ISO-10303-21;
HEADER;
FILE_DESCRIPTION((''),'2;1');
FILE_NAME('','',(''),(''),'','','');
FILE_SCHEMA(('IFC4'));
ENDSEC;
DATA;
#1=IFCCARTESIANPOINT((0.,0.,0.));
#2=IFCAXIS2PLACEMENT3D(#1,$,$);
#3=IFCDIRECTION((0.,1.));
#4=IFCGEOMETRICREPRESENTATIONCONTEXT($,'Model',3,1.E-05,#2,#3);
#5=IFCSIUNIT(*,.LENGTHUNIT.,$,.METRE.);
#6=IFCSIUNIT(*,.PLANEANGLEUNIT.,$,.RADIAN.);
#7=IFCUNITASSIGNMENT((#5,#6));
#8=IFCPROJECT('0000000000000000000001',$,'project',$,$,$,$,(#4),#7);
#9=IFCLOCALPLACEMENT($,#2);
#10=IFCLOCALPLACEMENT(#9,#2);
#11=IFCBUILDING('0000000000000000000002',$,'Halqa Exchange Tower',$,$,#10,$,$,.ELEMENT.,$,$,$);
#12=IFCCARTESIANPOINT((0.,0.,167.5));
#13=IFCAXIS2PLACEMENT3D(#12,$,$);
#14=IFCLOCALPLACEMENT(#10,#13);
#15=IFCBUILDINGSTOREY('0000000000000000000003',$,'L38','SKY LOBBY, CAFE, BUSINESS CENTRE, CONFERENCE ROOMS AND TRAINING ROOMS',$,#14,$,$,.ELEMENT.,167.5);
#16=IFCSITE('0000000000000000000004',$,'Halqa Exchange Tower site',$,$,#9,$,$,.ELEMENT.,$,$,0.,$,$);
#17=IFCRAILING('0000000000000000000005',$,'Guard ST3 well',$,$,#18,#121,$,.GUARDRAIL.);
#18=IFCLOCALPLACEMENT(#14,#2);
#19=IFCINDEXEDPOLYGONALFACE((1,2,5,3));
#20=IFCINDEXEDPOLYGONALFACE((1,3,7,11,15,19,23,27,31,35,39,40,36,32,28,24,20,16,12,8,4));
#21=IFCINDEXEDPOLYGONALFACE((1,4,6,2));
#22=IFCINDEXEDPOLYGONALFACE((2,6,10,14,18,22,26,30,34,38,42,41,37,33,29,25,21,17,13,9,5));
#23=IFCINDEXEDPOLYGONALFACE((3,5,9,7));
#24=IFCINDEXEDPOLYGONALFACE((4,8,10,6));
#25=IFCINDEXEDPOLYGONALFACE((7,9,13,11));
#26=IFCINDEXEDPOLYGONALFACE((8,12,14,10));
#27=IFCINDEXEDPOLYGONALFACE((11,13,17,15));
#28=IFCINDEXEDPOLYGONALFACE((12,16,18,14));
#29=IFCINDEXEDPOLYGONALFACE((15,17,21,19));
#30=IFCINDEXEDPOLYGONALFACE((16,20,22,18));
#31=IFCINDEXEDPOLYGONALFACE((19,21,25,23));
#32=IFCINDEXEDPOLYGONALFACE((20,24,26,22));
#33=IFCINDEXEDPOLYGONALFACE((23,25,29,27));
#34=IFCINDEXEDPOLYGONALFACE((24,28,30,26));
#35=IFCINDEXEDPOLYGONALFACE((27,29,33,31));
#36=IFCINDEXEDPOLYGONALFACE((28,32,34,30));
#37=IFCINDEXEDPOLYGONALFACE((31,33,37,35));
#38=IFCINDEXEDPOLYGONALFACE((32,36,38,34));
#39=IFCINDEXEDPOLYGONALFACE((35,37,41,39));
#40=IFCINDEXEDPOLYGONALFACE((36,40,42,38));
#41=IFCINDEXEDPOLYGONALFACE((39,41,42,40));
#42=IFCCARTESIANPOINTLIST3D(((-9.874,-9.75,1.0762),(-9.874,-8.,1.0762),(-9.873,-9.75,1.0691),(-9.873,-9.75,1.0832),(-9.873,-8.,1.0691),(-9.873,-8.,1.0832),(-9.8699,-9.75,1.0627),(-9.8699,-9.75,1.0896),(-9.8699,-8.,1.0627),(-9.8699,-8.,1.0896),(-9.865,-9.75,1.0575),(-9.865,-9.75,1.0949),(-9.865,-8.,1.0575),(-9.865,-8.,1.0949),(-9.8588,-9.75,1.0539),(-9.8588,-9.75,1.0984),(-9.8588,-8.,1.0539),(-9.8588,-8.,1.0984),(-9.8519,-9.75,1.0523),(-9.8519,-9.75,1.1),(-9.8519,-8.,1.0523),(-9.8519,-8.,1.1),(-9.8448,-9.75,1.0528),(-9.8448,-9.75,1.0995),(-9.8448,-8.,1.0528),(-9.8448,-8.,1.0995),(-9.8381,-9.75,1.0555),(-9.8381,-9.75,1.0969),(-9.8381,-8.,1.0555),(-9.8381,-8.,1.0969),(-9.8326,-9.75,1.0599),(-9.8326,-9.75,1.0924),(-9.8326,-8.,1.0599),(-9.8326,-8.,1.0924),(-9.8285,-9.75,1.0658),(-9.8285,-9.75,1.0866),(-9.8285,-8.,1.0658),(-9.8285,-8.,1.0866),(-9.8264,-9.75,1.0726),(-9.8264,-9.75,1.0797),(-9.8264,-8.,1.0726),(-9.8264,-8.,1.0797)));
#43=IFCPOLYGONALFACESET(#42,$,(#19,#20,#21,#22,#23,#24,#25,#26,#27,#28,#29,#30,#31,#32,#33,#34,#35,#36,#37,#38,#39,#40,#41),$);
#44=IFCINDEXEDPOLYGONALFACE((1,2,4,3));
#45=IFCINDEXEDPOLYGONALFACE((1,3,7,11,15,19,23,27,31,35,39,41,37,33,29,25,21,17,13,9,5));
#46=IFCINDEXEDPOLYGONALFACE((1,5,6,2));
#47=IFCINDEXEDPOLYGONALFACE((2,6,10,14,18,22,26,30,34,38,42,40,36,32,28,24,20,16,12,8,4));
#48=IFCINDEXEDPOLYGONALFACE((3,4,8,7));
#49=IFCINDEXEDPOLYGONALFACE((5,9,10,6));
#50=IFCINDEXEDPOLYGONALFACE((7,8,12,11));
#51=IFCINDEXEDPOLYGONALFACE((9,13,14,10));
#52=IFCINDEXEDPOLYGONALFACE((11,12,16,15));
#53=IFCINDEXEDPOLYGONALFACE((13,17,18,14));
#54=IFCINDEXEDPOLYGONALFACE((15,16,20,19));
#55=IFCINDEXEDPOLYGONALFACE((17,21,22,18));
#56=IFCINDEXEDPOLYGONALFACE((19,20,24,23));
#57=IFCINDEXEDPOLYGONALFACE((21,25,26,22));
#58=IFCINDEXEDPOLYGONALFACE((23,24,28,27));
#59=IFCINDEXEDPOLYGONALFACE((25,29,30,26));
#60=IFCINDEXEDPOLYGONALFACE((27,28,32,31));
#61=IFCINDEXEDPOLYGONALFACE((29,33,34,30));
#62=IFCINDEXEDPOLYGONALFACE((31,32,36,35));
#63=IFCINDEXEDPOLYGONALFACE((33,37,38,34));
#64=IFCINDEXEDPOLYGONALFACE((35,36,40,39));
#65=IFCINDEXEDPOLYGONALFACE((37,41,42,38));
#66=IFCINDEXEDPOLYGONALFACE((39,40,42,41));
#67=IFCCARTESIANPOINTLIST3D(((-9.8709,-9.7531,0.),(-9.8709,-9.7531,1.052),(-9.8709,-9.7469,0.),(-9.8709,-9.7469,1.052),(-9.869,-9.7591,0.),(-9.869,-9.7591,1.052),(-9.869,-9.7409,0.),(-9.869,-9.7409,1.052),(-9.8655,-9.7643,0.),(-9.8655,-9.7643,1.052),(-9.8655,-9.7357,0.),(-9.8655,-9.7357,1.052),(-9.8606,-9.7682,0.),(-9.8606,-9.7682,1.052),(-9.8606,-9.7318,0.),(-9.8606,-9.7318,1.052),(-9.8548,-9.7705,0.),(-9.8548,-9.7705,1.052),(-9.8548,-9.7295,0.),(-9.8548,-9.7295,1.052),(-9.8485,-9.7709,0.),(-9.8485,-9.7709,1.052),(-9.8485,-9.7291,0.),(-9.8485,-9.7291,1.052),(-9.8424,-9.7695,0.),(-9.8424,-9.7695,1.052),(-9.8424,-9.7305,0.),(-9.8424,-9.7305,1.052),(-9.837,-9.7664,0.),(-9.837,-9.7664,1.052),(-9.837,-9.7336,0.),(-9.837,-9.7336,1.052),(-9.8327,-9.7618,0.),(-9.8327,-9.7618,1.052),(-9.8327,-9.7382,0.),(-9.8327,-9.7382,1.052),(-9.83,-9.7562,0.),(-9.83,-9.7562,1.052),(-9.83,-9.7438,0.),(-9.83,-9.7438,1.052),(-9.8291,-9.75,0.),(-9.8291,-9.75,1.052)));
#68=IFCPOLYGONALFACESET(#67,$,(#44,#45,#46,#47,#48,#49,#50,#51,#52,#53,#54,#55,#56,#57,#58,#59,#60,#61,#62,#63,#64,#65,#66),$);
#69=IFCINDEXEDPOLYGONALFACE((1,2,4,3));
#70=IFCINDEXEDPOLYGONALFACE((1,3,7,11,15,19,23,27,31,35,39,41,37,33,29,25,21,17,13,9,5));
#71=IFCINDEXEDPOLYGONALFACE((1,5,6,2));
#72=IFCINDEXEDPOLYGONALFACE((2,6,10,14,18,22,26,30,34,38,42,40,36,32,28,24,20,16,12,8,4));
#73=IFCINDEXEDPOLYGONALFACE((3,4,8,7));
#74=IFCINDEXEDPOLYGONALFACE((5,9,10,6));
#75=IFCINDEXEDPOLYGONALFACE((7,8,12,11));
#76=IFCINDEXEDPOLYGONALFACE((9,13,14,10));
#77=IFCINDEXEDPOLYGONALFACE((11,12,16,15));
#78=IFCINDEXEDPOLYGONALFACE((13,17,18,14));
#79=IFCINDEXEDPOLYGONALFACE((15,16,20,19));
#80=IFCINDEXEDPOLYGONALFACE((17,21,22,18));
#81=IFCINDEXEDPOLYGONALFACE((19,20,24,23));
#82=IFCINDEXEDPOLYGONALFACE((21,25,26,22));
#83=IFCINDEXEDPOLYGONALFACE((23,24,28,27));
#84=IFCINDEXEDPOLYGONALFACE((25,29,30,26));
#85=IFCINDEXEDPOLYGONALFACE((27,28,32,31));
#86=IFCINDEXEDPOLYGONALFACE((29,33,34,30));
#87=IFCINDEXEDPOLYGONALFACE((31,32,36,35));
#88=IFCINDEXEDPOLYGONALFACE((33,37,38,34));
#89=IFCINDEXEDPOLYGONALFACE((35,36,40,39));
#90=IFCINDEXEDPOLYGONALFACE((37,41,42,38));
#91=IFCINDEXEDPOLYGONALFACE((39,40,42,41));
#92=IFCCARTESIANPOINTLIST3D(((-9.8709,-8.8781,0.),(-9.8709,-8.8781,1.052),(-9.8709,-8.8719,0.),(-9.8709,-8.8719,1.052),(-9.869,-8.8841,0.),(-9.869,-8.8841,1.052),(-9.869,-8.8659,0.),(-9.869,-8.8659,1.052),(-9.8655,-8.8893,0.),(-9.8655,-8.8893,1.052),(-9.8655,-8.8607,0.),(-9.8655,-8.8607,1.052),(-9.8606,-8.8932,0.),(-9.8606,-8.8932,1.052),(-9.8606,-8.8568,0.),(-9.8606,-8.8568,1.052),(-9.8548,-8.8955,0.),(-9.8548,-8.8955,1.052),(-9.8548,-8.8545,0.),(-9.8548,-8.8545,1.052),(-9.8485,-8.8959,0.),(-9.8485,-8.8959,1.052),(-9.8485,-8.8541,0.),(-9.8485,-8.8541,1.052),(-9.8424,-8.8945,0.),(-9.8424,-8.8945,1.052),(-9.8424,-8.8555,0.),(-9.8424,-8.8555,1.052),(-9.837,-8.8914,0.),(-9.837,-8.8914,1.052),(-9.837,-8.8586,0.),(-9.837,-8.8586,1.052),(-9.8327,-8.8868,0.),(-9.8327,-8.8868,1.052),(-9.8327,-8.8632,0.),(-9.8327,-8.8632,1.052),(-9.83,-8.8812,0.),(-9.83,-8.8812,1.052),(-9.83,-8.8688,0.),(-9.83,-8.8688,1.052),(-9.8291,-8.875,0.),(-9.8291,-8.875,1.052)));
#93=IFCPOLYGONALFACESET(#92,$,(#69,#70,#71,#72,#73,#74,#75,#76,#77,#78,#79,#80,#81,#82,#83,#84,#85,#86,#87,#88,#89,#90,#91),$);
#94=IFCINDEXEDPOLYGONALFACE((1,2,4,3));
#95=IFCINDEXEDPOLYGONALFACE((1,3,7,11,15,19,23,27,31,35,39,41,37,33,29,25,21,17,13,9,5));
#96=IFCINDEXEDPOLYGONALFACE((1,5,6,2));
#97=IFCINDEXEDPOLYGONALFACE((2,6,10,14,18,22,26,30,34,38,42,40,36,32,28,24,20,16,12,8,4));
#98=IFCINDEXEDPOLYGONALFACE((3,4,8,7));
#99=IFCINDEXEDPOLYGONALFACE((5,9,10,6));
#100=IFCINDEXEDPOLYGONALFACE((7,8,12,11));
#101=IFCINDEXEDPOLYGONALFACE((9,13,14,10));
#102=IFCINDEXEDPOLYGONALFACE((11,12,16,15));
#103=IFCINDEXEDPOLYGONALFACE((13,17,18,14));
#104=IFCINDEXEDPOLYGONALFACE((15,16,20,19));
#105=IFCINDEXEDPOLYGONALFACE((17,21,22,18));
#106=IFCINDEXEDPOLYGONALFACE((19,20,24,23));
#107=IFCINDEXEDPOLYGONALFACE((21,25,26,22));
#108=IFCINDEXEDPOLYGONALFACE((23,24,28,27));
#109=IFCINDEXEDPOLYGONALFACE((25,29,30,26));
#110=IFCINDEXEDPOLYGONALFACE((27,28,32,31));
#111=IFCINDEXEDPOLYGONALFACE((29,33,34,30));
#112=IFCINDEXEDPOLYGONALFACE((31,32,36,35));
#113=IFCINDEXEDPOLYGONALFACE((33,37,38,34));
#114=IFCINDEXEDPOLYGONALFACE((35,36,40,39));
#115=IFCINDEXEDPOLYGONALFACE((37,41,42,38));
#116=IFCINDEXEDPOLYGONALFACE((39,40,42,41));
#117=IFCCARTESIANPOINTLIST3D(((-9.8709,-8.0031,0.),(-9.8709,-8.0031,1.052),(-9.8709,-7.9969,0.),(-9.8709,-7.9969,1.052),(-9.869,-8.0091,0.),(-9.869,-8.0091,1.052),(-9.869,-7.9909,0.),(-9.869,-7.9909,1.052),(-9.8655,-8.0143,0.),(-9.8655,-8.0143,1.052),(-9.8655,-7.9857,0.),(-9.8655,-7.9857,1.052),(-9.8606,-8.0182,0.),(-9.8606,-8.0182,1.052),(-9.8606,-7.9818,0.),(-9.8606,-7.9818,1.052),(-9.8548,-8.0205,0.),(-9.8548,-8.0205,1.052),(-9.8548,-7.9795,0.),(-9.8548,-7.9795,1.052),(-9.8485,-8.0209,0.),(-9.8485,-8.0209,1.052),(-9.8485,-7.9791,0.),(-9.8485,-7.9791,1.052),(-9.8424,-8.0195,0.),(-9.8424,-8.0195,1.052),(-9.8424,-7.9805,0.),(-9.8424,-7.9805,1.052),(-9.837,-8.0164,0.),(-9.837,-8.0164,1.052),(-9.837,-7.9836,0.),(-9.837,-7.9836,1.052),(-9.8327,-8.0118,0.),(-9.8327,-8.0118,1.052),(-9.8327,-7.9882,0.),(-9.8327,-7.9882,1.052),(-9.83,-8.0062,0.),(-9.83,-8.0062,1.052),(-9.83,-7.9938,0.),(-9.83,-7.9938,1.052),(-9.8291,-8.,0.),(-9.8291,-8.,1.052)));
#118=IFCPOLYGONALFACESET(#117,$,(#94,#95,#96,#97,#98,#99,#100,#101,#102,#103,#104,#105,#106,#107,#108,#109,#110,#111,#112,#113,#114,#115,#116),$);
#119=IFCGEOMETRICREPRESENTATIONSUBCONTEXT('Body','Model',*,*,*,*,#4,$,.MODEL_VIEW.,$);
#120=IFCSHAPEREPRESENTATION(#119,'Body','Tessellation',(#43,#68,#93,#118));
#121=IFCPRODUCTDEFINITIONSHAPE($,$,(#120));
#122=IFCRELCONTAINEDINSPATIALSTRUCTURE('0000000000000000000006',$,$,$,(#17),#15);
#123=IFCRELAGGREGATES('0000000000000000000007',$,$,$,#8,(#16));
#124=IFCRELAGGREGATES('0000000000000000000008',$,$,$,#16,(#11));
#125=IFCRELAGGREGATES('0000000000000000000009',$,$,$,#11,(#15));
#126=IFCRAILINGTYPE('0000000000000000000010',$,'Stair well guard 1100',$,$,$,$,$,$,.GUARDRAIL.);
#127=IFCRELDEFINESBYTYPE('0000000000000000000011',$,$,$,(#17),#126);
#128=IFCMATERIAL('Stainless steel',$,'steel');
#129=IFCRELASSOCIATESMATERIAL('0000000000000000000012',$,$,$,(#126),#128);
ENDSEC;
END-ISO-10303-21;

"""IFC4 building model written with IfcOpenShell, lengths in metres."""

from ifc_helpers import new_model, si_unit, direction, frame, origin, origin_2d, place, context, subcontext, project, spatial, circle, extrude, material, type_object, element, save


model = new_model("IFC4")

# Units and contexts
model_context = context("Model", 3, precision=1e-05, world=origin(), true_north=direction((0.0, 1.0)))
body_context = subcontext(model_context, "Body", "Model", "MODEL_VIEW")
ifc_project = project(units=[si_unit("LENGTHUNIT", "METRE"), si_unit("PLANEANGLEUNIT", "RADIAN")], contexts=[model_context])

# Site, building, storey
site_placement = place(None, origin())
site = spatial("IfcSite", under=ifc_project, at=site_placement, Name="Halqa Exchange Tower site", CompositionType="ELEMENT", RefElevation=0.0)
building_placement = place(site_placement, origin())
building = spatial("IfcBuilding", under=site, at=building_placement, Name="Halqa Exchange Tower", CompositionType="ELEMENT")
storey_placement = place(building_placement, frame((0.0, 0.0, 167.5)))
storey = spatial("IfcBuildingStorey", under=building, at=storey_placement, Name="L38", Description="SKY LOBBY, CAFE, BUSINESS CENTRE, CONFERENCE ROOMS AND TRAINING ROOMS", CompositionType="ELEMENT", Elevation=167.5)

# Railing
ifc_material_1 = material(Name="Stainless steel", Category="steel")
railing_type_1 = type_object("IfcRailingType", Name="Stair well guard 1100", PredefinedType="GUARDRAIL", material=ifc_material_1)
railing_1_placement = place(storey_placement, frame((-9.8501, -9.75, 0.0)))
element("IfcRailing", 1, at=railing_1_placement, inside=storey, type_object=railing_type_1, Name="Guard ST3 well", PredefinedType="GUARDRAIL", context=body_context, shape_type="SweptSolid", body=[
    extrude(circle(Radius=0.0239, at=origin_2d()), frame((0.0, 0.0, 1.0762), z_axis=(0.0, 1.0, 0.0), x_axis=(-1.0, 0.0, 0.0)), (0.0, 0.0, 1.0), 1.75),
    extrude(circle(Radius=0.021, at=origin_2d()), origin(), (0.0, 0.0, 1.0), 1.052),
    extrude(circle(Radius=0.021, at=origin_2d()), frame((0.0, 0.875, 0.0)), (0.0, 0.0, 1.0), 1.052),
    extrude(circle(Radius=0.021, at=origin_2d()), frame((0.0, 1.75, 0.0)), (0.0, 0.0, 1.0), 1.052),
])

save(model, "model.ifc")
